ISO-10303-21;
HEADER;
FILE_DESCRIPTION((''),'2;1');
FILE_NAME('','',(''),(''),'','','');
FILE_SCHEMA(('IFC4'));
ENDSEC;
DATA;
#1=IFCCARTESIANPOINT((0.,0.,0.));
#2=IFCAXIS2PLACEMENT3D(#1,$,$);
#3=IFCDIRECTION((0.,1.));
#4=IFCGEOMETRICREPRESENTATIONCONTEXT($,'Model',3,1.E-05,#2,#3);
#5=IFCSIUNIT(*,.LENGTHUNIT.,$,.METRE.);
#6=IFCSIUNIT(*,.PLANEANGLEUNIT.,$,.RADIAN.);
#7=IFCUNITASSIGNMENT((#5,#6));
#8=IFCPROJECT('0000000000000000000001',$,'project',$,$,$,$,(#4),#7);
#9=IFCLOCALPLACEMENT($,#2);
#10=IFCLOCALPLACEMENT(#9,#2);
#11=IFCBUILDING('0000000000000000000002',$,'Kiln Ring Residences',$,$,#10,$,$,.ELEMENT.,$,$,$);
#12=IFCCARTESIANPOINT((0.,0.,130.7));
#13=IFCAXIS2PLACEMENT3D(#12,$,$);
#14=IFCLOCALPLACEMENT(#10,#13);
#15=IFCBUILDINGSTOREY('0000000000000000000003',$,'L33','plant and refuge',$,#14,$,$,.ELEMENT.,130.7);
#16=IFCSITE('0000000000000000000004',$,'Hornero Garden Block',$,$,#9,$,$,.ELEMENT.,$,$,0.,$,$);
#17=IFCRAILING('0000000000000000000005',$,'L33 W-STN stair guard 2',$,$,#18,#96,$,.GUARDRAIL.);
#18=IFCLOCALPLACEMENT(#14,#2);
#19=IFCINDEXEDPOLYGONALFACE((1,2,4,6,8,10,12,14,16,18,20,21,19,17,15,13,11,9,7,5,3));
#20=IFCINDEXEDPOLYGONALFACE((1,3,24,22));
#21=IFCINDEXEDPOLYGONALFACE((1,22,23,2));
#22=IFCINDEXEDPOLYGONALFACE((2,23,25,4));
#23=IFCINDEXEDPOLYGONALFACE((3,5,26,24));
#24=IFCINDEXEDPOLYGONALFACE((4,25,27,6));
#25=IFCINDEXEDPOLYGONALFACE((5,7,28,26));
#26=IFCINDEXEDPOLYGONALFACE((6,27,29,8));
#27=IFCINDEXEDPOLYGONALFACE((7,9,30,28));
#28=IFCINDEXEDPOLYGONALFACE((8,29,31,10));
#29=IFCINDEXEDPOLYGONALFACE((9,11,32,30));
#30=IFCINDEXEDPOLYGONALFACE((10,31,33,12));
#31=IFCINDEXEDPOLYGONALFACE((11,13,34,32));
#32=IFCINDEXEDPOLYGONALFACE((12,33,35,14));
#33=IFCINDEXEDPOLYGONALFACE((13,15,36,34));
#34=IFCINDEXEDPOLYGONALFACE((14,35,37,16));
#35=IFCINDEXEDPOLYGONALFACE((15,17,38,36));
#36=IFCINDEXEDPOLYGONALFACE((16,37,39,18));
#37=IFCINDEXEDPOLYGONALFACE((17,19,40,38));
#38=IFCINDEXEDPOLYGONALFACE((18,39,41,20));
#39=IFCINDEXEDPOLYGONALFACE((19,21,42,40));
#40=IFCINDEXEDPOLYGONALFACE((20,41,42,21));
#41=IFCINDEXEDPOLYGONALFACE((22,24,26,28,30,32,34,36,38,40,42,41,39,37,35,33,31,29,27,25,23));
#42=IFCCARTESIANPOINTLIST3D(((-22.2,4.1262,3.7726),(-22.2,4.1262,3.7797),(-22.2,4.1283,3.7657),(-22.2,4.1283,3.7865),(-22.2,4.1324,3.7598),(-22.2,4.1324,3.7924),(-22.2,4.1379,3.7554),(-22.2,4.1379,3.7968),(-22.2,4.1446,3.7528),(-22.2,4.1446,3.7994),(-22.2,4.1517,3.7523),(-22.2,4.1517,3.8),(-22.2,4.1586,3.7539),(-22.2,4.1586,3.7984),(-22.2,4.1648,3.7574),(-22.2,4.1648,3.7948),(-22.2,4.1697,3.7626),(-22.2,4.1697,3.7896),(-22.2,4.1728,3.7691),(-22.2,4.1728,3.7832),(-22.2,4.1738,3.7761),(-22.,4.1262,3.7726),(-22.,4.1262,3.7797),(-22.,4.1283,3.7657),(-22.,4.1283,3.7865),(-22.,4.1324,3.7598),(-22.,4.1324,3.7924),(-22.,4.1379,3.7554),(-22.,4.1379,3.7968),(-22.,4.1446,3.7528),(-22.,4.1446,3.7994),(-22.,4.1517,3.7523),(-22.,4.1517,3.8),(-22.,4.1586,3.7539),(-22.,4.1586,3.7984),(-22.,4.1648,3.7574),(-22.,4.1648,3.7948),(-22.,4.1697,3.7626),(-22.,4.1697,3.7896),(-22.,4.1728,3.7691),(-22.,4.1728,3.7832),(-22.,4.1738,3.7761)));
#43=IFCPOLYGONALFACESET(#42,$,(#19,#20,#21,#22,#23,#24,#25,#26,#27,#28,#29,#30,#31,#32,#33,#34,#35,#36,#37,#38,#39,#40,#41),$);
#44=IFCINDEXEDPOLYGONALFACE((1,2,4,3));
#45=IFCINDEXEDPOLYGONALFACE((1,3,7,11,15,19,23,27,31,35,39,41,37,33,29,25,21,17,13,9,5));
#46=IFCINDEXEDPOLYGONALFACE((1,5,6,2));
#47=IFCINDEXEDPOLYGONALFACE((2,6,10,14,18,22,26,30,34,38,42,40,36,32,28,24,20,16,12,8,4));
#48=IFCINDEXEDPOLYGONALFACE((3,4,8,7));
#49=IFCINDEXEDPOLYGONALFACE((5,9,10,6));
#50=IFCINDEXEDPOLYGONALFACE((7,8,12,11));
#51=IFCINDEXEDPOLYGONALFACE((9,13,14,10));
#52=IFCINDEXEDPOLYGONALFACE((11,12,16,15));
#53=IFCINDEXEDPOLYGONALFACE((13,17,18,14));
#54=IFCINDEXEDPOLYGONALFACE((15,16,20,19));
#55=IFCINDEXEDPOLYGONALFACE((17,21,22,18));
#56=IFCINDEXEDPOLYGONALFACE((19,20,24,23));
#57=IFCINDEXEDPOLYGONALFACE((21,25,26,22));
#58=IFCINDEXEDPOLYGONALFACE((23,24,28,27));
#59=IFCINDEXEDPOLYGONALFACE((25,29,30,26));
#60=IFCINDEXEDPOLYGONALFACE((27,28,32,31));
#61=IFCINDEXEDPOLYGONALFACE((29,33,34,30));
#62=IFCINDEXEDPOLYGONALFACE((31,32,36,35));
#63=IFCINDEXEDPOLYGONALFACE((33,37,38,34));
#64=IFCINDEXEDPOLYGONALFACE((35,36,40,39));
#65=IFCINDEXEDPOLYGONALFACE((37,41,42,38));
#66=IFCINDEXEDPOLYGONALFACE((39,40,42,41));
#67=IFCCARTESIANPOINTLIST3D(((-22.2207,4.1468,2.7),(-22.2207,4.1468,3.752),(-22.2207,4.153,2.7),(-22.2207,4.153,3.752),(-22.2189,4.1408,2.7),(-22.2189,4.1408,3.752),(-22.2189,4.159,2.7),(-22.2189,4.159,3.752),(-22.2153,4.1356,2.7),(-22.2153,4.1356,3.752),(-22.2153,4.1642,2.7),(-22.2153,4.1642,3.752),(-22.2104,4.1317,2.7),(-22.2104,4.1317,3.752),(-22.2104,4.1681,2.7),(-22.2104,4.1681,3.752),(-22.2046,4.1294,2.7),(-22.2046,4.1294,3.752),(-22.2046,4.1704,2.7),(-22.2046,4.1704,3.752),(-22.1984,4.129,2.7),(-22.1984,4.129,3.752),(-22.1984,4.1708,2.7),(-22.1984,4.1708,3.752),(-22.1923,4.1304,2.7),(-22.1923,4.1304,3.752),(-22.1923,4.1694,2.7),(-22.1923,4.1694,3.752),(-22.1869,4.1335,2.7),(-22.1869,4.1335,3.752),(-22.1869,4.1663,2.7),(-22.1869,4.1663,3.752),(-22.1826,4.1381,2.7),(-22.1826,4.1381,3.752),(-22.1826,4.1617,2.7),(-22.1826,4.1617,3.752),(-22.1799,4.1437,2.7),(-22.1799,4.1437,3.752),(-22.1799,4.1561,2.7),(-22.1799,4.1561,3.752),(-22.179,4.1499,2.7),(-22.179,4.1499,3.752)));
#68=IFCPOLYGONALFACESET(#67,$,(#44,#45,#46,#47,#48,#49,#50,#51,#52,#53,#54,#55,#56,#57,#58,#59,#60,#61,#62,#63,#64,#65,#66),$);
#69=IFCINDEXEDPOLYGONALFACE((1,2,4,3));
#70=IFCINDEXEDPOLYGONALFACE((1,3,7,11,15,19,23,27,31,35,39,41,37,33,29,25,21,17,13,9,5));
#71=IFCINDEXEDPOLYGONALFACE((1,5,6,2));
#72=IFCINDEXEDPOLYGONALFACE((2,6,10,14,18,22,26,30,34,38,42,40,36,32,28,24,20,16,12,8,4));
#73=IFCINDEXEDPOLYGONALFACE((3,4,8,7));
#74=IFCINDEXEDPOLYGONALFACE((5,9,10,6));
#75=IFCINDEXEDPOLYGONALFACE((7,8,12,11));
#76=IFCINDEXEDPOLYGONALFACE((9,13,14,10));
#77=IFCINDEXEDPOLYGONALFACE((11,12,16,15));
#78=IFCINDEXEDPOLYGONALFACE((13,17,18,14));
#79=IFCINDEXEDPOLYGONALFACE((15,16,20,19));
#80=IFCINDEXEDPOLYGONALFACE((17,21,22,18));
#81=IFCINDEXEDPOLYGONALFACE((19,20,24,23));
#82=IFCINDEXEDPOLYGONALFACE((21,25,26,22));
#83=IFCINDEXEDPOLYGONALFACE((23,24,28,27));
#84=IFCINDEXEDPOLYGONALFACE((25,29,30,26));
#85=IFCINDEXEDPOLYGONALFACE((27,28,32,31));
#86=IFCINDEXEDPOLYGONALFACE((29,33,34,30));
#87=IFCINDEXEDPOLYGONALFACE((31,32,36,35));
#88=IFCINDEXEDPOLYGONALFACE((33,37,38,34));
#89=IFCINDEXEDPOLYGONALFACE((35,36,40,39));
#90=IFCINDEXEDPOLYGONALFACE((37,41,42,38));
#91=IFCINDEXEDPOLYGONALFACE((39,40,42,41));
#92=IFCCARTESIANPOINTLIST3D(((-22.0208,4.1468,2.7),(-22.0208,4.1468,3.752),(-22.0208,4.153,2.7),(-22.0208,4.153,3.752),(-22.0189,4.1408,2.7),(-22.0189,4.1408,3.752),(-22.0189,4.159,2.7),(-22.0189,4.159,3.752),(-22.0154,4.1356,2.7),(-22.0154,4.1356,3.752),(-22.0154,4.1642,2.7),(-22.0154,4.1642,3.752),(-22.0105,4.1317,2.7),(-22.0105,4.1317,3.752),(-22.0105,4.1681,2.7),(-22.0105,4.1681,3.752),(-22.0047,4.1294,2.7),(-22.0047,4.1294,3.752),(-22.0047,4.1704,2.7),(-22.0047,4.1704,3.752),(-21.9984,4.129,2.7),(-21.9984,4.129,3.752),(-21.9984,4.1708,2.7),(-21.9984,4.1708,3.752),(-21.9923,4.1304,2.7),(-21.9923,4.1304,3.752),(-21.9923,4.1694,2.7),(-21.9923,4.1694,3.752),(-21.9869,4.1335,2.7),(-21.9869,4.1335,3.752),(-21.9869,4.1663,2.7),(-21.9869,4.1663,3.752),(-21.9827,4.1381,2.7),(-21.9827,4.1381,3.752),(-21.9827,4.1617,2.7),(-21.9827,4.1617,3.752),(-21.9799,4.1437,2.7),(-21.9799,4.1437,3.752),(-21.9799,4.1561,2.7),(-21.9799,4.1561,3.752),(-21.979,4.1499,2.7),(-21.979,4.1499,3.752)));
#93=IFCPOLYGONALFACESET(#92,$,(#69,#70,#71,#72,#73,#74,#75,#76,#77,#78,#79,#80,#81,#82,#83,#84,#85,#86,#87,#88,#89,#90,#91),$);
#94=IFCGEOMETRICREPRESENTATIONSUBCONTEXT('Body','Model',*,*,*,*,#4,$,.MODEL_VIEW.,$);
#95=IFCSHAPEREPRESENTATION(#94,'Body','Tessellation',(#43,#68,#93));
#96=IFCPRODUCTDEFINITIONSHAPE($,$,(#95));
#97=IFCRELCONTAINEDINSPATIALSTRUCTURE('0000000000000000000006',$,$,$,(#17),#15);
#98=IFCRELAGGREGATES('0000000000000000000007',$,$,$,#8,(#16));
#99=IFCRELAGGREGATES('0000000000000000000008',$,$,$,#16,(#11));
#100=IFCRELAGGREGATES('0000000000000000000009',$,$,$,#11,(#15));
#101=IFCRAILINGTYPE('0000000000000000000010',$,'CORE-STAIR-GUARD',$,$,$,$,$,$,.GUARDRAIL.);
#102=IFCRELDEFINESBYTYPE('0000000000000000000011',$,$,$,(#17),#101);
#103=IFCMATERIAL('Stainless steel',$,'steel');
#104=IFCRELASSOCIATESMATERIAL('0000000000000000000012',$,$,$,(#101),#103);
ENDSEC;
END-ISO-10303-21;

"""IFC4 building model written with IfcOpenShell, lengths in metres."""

from ifc_helpers import new_model, si_unit, direction, frame, origin, origin_2d, place, context, subcontext, project, spatial, circle, extrude, material, type_object, element, save


model = new_model("IFC4")

# Units and contexts
model_context = context("Model", 3, precision=1e-05, world=origin(), true_north=direction((0.0, 1.0)))
body_context = subcontext(model_context, "Body", "Model", "MODEL_VIEW")
ifc_project = project(units=[si_unit("LENGTHUNIT", "METRE"), si_unit("PLANEANGLEUNIT", "RADIAN")], contexts=[model_context])

# Site, building, storey
site_placement = place(None, origin())
site = spatial("IfcSite", under=ifc_project, at=site_placement, Name="Hornero Garden Block", CompositionType="ELEMENT", RefElevation=0.0)
building_placement = place(site_placement, origin())
building = spatial("IfcBuilding", under=site, at=building_placement, Name="Kiln Ring Residences", CompositionType="ELEMENT")
storey_placement = place(building_placement, frame((0.0, 0.0, 130.7)))
storey = spatial("IfcBuildingStorey", under=building, at=storey_placement, Name="L33", Description="plant and refuge", CompositionType="ELEMENT", Elevation=130.7)

# Railing
ifc_material_1 = material(Name="Stainless steel", Category="steel")
railing_type_1 = type_object("IfcRailingType", Name="CORE-STAIR-GUARD", PredefinedType="GUARDRAIL", material=ifc_material_1)
railing_1_placement = place(storey_placement, frame((-22.2, 4.1499, 2.7)))
element("IfcRailing", 1, at=railing_1_placement, inside=storey, type_object=railing_type_1, Name="L33 W-STN stair guard 2", PredefinedType="GUARDRAIL", context=body_context, shape_type="SweptSolid", body=[
    extrude(circle(Radius=0.0239, at=origin_2d()), frame((0.0, 0.0, 1.0762), z_axis=(1.0, 0.0, 0.0), x_axis=(0.0, 1.0, 0.0)), (0.0, 0.0, 1.0), 0.2),
    extrude(circle(Radius=0.021, at=origin_2d()), origin(), (0.0, 0.0, 1.0), 1.052),
    extrude(circle(Radius=0.021, at=origin_2d()), frame((0.2, 0.0, 0.0)), (0.0, 0.0, 1.0), 1.052),
])

save(model, "model.ifc")
